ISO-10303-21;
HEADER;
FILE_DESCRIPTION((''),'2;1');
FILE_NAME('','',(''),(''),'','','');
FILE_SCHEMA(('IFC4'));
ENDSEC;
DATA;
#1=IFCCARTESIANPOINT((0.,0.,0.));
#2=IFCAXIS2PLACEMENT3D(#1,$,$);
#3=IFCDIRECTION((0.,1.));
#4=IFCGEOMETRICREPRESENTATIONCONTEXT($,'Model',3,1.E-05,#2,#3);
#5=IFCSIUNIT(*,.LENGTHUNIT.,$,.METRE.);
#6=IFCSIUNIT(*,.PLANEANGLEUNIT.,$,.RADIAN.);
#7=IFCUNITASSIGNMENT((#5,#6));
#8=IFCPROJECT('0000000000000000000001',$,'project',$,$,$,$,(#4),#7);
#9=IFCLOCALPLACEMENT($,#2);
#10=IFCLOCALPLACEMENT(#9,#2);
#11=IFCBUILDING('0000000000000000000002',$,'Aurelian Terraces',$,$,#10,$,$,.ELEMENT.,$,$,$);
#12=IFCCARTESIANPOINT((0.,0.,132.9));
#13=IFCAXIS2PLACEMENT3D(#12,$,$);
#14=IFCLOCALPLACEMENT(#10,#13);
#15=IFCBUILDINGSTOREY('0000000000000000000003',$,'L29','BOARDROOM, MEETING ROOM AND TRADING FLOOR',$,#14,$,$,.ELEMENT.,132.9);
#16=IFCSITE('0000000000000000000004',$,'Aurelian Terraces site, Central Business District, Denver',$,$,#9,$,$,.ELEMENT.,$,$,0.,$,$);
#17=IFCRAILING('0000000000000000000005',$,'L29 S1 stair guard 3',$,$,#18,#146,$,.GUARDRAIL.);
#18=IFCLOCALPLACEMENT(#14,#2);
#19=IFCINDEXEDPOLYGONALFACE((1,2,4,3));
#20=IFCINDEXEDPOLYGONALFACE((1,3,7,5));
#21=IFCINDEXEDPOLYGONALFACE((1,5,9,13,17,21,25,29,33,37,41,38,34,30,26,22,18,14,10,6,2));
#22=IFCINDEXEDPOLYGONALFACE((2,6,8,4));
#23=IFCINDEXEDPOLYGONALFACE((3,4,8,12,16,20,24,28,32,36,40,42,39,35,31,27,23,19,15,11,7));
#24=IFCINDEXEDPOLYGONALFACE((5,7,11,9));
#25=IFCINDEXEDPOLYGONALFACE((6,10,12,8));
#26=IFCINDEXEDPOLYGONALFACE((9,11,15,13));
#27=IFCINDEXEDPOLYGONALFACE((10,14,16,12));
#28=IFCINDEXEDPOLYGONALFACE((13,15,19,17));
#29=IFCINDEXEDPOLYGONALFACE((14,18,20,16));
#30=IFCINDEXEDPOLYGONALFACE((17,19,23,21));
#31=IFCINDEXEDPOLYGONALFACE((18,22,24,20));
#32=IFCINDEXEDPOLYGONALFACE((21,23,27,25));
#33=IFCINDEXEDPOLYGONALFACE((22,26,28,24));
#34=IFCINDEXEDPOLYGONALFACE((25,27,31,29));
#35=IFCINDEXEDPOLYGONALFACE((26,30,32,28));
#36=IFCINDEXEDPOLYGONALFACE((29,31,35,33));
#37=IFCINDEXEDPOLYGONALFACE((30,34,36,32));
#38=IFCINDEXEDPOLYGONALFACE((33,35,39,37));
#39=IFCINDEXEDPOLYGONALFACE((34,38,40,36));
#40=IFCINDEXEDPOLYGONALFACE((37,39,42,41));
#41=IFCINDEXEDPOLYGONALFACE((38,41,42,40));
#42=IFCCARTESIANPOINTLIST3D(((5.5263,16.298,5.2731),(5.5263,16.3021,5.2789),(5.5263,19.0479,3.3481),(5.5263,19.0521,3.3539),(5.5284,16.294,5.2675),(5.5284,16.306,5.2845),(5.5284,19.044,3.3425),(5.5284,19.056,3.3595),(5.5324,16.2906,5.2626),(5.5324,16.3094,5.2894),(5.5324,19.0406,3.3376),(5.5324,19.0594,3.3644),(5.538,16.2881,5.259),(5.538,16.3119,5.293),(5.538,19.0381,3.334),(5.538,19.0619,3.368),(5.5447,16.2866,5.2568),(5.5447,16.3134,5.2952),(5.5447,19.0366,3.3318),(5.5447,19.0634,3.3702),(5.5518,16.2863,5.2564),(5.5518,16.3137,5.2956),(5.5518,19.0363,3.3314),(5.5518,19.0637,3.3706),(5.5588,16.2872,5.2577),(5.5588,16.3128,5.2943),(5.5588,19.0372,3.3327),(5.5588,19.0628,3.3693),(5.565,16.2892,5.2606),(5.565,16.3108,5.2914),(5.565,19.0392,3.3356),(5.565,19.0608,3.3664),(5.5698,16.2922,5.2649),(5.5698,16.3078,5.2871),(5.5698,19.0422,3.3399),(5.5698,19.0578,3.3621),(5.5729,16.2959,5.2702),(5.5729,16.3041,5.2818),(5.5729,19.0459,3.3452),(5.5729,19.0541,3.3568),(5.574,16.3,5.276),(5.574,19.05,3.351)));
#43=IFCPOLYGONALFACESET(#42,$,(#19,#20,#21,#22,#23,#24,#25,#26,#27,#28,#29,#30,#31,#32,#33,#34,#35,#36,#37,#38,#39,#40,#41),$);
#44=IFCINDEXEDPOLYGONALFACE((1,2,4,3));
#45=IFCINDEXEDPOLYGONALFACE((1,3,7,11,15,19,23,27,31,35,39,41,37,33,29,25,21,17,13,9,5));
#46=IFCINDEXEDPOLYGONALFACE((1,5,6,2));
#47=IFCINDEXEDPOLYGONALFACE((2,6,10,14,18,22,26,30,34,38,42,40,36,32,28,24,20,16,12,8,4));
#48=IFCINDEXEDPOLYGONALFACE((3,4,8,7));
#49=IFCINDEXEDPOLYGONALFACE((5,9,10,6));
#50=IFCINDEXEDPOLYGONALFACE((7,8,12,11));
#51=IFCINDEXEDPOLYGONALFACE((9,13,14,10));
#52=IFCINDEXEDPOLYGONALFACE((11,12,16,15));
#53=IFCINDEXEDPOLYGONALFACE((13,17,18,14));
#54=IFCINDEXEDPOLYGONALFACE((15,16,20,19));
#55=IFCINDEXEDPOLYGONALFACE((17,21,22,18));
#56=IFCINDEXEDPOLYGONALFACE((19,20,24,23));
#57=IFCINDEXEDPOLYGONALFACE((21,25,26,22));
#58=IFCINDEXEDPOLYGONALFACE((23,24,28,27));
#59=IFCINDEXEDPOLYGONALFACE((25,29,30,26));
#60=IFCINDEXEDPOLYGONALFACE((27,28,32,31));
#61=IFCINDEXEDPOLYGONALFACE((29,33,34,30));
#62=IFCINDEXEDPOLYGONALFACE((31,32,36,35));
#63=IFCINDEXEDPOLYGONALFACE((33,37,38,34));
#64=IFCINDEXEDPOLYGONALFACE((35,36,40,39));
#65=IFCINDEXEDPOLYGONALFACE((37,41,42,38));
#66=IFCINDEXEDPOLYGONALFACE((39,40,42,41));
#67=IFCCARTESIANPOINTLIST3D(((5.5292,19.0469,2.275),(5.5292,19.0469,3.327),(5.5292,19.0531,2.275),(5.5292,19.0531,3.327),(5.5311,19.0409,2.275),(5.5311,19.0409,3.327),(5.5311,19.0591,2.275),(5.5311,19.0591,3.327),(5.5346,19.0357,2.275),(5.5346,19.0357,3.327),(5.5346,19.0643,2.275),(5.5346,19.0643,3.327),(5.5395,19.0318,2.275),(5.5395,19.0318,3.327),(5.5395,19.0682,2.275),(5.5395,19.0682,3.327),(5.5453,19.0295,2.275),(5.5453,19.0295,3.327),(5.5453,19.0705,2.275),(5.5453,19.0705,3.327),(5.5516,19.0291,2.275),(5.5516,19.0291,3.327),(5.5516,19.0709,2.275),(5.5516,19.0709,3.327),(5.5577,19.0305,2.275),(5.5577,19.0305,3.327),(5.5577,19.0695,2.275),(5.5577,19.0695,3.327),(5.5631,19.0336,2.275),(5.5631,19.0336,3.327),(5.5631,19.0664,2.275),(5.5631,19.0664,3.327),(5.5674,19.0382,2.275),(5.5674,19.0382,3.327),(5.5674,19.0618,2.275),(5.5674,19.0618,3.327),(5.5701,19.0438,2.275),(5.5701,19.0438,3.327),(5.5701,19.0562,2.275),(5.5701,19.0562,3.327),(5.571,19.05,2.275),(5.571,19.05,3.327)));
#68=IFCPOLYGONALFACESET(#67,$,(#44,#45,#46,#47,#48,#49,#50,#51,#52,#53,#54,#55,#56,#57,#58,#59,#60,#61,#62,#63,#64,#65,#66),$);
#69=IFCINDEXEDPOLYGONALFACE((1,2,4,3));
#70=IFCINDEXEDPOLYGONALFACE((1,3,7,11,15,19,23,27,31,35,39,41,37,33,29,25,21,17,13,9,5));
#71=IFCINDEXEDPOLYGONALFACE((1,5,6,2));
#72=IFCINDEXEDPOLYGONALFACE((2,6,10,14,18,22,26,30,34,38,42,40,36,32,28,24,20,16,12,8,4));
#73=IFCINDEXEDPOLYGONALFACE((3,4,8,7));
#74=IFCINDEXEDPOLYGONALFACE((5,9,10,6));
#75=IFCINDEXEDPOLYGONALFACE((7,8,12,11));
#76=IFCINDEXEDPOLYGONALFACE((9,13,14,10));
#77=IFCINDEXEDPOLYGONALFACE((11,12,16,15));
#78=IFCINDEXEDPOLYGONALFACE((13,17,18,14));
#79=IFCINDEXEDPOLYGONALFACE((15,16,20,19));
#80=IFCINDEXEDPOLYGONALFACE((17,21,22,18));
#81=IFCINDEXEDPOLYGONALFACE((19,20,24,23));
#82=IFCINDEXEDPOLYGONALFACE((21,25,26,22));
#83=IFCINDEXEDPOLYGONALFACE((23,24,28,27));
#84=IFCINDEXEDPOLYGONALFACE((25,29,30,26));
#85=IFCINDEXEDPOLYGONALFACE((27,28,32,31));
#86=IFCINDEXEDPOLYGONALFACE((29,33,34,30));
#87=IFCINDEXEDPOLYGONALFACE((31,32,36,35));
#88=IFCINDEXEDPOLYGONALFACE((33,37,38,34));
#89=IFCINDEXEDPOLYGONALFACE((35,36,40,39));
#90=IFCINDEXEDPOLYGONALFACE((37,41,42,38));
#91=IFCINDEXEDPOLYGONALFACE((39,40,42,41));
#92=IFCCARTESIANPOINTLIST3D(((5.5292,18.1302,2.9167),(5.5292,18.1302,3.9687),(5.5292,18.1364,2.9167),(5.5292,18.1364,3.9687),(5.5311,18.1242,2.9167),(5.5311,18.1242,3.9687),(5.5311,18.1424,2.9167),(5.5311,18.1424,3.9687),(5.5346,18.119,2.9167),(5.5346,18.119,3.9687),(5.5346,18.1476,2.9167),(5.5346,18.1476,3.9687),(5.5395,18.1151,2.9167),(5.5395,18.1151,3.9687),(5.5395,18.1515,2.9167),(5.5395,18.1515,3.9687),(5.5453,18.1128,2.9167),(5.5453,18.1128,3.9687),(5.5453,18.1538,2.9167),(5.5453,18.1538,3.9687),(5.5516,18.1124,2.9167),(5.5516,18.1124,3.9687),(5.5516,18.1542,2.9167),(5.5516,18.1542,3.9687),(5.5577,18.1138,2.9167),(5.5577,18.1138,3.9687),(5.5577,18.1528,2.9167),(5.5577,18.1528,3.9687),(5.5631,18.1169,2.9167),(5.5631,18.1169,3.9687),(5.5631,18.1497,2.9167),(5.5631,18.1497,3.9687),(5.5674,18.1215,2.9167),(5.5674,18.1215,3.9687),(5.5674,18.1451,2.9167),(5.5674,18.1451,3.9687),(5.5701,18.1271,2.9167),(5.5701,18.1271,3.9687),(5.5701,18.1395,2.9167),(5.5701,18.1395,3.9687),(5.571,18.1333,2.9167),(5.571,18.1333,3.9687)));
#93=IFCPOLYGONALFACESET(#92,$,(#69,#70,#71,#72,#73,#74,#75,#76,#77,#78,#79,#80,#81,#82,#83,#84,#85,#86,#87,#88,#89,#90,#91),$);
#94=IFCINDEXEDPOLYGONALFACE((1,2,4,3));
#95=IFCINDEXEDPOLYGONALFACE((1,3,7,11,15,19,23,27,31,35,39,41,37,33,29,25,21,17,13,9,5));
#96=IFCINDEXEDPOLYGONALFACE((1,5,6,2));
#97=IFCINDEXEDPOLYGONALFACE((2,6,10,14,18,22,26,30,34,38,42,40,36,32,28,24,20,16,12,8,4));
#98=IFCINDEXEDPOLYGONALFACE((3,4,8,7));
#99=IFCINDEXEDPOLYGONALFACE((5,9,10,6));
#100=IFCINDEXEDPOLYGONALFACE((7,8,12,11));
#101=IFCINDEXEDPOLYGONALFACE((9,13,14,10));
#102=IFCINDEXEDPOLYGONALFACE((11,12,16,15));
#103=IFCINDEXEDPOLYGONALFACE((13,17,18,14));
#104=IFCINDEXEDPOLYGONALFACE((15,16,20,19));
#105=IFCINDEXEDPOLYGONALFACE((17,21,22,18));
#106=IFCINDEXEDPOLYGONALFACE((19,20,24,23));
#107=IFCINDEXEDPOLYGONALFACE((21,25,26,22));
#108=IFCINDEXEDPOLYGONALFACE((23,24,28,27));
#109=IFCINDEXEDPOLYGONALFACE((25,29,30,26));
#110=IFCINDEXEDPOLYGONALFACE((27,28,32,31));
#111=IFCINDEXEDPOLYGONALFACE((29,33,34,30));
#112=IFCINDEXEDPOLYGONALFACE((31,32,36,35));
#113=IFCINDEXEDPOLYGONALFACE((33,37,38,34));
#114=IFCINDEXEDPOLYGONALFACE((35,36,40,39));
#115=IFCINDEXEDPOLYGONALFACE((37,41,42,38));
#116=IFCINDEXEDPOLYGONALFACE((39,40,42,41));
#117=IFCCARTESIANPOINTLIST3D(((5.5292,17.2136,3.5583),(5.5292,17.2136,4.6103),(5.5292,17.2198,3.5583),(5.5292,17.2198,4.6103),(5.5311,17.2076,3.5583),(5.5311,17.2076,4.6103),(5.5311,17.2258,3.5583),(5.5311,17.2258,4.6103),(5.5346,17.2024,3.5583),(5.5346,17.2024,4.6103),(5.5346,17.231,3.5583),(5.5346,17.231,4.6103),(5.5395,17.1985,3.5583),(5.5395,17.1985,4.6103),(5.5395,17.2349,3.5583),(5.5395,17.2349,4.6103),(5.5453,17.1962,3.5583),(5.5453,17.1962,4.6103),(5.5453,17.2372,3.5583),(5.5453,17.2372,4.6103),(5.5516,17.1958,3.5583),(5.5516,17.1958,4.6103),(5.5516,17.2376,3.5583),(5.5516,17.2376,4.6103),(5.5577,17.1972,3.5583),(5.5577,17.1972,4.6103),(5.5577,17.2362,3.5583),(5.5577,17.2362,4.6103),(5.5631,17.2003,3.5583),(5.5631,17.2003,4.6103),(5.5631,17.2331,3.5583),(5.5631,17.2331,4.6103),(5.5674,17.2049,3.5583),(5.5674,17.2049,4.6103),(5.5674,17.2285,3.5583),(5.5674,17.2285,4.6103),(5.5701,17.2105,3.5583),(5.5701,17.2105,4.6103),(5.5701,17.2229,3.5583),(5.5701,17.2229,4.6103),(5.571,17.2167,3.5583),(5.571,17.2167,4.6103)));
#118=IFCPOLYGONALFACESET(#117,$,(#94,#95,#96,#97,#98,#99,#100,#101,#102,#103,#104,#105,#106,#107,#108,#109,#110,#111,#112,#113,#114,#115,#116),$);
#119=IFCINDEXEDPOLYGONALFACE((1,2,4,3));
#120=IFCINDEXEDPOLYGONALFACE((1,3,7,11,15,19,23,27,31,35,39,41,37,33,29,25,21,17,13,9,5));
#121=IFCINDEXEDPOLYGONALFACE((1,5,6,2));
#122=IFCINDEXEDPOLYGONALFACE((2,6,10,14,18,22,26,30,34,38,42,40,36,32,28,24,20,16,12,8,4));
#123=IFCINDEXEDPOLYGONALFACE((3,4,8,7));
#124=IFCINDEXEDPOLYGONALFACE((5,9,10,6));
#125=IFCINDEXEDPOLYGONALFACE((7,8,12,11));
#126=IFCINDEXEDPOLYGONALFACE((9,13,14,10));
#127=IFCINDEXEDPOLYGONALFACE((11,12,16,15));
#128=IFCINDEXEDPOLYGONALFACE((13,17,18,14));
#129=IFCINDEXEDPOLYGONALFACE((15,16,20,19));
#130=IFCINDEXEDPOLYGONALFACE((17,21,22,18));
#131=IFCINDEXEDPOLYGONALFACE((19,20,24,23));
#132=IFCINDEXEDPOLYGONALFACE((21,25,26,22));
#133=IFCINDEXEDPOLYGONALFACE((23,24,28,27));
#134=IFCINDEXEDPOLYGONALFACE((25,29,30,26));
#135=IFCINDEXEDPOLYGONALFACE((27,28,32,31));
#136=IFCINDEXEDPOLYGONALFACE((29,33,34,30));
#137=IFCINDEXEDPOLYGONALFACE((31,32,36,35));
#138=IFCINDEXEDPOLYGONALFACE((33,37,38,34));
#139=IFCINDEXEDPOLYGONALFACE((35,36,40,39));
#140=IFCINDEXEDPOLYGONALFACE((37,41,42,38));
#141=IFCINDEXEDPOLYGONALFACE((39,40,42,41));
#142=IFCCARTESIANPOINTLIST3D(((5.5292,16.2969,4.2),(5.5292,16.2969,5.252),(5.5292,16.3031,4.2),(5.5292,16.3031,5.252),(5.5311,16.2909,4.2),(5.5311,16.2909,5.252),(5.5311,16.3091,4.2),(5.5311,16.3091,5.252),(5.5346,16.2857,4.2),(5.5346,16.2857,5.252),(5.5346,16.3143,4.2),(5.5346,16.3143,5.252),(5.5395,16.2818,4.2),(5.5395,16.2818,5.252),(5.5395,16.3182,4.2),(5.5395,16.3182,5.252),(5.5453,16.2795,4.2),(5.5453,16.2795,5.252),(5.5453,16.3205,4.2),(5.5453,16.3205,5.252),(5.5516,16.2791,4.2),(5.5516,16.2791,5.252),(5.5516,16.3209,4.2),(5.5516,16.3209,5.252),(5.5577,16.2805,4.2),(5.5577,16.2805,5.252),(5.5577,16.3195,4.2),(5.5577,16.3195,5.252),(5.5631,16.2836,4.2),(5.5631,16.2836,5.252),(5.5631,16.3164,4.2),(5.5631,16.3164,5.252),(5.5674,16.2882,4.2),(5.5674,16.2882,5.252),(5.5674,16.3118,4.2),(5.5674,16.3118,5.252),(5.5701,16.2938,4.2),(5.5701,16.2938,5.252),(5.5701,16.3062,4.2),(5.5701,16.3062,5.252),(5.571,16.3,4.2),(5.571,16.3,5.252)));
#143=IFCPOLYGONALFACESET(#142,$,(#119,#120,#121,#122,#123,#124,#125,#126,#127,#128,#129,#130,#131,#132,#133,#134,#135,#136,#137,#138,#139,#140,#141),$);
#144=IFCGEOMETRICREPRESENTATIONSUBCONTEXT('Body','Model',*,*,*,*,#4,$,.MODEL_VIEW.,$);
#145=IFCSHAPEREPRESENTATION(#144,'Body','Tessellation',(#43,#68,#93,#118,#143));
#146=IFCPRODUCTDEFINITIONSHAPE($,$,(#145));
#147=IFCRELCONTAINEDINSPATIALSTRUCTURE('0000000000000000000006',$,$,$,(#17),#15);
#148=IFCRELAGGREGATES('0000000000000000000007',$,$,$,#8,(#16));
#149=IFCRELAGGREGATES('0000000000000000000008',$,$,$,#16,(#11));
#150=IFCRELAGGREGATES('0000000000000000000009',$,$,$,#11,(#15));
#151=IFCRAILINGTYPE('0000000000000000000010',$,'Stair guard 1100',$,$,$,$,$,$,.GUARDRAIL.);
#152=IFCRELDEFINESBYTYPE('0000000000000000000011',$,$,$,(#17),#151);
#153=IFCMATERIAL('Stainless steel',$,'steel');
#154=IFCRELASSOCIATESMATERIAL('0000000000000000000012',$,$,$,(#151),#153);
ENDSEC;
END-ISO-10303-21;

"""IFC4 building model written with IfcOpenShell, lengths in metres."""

from ifc_helpers import new_model, si_unit, direction, frame, origin, origin_2d, place, context, subcontext, project, spatial, circle, extrude, source, transform, mapped, material, type_object, element, save


model = new_model("IFC4")

# Units and contexts
model_context = context("Model", 3, precision=1e-05, world=origin(), true_north=direction((0.0, 1.0)))
body_context = subcontext(model_context, "Body", "Model", "MODEL_VIEW")
ifc_project = project(units=[si_unit("LENGTHUNIT", "METRE"), si_unit("PLANEANGLEUNIT", "RADIAN")], contexts=[model_context])

# Site, building, storey
site_placement = place(None, origin())
site = spatial("IfcSite", under=ifc_project, at=site_placement, Name="Aurelian Terraces site, Central Business District, Denver", CompositionType="ELEMENT", RefElevation=0.0)
building_placement = place(site_placement, origin())
building = spatial("IfcBuilding", under=site, at=building_placement, Name="Aurelian Terraces", CompositionType="ELEMENT")
storey_placement = place(building_placement, frame((0.0, 0.0, 132.9)))
storey = spatial("IfcBuildingStorey", under=building, at=storey_placement, Name="L29", Description="BOARDROOM, MEETING ROOM AND TRADING FLOOR", CompositionType="ELEMENT", Elevation=132.9)

# Railing
ifc_material_1 = material(Name="Stainless steel", Category="steel")
railing_type_1 = type_object("IfcRailingType", Name="Stair guard 1100", PredefinedType="GUARDRAIL", material=ifc_material_1)
shared_shape_1 = source(origin(), body_context, "Body", "SweptSolid", [
    extrude(circle(Radius=0.024, at=origin_2d()), frame((0.0, 0.0, 1.076), z_axis=(0.0, -0.819232, 0.573462), x_axis=(1.0, 0.0, 0.0)), (0.0, 0.0, 1.0), 3.3568),
    extrude(circle(Radius=0.021, at=origin_2d()), origin(), (0.0, 0.0, 1.0), 1.052),
    extrude(circle(Radius=0.021, at=origin_2d()), frame((0.0, -0.9167, 0.6417)), (0.0, 0.0, 1.0), 1.052),
    extrude(circle(Radius=0.021, at=origin_2d()), frame((0.0, -1.8333, 1.2833)), (0.0, 0.0, 1.0), 1.052),
    extrude(circle(Radius=0.021, at=origin_2d()), frame((0.0, -2.75, 1.925)), (0.0, 0.0, 1.0), 1.052),
])
railing_1_placement = place(storey_placement, frame((5.55, 19.05, 2.275)))
element("IfcRailing", 1, at=railing_1_placement, inside=storey, type_object=railing_type_1, Name="L29 S1 stair guard 3", PredefinedType="GUARDRAIL", context=body_context, shape_type="MappedRepresentation", body=[
    mapped(shared_shape_1, transform((0.0, 0.0, 0.0), scale=1.0)),
])

save(model, "model.ifc")
